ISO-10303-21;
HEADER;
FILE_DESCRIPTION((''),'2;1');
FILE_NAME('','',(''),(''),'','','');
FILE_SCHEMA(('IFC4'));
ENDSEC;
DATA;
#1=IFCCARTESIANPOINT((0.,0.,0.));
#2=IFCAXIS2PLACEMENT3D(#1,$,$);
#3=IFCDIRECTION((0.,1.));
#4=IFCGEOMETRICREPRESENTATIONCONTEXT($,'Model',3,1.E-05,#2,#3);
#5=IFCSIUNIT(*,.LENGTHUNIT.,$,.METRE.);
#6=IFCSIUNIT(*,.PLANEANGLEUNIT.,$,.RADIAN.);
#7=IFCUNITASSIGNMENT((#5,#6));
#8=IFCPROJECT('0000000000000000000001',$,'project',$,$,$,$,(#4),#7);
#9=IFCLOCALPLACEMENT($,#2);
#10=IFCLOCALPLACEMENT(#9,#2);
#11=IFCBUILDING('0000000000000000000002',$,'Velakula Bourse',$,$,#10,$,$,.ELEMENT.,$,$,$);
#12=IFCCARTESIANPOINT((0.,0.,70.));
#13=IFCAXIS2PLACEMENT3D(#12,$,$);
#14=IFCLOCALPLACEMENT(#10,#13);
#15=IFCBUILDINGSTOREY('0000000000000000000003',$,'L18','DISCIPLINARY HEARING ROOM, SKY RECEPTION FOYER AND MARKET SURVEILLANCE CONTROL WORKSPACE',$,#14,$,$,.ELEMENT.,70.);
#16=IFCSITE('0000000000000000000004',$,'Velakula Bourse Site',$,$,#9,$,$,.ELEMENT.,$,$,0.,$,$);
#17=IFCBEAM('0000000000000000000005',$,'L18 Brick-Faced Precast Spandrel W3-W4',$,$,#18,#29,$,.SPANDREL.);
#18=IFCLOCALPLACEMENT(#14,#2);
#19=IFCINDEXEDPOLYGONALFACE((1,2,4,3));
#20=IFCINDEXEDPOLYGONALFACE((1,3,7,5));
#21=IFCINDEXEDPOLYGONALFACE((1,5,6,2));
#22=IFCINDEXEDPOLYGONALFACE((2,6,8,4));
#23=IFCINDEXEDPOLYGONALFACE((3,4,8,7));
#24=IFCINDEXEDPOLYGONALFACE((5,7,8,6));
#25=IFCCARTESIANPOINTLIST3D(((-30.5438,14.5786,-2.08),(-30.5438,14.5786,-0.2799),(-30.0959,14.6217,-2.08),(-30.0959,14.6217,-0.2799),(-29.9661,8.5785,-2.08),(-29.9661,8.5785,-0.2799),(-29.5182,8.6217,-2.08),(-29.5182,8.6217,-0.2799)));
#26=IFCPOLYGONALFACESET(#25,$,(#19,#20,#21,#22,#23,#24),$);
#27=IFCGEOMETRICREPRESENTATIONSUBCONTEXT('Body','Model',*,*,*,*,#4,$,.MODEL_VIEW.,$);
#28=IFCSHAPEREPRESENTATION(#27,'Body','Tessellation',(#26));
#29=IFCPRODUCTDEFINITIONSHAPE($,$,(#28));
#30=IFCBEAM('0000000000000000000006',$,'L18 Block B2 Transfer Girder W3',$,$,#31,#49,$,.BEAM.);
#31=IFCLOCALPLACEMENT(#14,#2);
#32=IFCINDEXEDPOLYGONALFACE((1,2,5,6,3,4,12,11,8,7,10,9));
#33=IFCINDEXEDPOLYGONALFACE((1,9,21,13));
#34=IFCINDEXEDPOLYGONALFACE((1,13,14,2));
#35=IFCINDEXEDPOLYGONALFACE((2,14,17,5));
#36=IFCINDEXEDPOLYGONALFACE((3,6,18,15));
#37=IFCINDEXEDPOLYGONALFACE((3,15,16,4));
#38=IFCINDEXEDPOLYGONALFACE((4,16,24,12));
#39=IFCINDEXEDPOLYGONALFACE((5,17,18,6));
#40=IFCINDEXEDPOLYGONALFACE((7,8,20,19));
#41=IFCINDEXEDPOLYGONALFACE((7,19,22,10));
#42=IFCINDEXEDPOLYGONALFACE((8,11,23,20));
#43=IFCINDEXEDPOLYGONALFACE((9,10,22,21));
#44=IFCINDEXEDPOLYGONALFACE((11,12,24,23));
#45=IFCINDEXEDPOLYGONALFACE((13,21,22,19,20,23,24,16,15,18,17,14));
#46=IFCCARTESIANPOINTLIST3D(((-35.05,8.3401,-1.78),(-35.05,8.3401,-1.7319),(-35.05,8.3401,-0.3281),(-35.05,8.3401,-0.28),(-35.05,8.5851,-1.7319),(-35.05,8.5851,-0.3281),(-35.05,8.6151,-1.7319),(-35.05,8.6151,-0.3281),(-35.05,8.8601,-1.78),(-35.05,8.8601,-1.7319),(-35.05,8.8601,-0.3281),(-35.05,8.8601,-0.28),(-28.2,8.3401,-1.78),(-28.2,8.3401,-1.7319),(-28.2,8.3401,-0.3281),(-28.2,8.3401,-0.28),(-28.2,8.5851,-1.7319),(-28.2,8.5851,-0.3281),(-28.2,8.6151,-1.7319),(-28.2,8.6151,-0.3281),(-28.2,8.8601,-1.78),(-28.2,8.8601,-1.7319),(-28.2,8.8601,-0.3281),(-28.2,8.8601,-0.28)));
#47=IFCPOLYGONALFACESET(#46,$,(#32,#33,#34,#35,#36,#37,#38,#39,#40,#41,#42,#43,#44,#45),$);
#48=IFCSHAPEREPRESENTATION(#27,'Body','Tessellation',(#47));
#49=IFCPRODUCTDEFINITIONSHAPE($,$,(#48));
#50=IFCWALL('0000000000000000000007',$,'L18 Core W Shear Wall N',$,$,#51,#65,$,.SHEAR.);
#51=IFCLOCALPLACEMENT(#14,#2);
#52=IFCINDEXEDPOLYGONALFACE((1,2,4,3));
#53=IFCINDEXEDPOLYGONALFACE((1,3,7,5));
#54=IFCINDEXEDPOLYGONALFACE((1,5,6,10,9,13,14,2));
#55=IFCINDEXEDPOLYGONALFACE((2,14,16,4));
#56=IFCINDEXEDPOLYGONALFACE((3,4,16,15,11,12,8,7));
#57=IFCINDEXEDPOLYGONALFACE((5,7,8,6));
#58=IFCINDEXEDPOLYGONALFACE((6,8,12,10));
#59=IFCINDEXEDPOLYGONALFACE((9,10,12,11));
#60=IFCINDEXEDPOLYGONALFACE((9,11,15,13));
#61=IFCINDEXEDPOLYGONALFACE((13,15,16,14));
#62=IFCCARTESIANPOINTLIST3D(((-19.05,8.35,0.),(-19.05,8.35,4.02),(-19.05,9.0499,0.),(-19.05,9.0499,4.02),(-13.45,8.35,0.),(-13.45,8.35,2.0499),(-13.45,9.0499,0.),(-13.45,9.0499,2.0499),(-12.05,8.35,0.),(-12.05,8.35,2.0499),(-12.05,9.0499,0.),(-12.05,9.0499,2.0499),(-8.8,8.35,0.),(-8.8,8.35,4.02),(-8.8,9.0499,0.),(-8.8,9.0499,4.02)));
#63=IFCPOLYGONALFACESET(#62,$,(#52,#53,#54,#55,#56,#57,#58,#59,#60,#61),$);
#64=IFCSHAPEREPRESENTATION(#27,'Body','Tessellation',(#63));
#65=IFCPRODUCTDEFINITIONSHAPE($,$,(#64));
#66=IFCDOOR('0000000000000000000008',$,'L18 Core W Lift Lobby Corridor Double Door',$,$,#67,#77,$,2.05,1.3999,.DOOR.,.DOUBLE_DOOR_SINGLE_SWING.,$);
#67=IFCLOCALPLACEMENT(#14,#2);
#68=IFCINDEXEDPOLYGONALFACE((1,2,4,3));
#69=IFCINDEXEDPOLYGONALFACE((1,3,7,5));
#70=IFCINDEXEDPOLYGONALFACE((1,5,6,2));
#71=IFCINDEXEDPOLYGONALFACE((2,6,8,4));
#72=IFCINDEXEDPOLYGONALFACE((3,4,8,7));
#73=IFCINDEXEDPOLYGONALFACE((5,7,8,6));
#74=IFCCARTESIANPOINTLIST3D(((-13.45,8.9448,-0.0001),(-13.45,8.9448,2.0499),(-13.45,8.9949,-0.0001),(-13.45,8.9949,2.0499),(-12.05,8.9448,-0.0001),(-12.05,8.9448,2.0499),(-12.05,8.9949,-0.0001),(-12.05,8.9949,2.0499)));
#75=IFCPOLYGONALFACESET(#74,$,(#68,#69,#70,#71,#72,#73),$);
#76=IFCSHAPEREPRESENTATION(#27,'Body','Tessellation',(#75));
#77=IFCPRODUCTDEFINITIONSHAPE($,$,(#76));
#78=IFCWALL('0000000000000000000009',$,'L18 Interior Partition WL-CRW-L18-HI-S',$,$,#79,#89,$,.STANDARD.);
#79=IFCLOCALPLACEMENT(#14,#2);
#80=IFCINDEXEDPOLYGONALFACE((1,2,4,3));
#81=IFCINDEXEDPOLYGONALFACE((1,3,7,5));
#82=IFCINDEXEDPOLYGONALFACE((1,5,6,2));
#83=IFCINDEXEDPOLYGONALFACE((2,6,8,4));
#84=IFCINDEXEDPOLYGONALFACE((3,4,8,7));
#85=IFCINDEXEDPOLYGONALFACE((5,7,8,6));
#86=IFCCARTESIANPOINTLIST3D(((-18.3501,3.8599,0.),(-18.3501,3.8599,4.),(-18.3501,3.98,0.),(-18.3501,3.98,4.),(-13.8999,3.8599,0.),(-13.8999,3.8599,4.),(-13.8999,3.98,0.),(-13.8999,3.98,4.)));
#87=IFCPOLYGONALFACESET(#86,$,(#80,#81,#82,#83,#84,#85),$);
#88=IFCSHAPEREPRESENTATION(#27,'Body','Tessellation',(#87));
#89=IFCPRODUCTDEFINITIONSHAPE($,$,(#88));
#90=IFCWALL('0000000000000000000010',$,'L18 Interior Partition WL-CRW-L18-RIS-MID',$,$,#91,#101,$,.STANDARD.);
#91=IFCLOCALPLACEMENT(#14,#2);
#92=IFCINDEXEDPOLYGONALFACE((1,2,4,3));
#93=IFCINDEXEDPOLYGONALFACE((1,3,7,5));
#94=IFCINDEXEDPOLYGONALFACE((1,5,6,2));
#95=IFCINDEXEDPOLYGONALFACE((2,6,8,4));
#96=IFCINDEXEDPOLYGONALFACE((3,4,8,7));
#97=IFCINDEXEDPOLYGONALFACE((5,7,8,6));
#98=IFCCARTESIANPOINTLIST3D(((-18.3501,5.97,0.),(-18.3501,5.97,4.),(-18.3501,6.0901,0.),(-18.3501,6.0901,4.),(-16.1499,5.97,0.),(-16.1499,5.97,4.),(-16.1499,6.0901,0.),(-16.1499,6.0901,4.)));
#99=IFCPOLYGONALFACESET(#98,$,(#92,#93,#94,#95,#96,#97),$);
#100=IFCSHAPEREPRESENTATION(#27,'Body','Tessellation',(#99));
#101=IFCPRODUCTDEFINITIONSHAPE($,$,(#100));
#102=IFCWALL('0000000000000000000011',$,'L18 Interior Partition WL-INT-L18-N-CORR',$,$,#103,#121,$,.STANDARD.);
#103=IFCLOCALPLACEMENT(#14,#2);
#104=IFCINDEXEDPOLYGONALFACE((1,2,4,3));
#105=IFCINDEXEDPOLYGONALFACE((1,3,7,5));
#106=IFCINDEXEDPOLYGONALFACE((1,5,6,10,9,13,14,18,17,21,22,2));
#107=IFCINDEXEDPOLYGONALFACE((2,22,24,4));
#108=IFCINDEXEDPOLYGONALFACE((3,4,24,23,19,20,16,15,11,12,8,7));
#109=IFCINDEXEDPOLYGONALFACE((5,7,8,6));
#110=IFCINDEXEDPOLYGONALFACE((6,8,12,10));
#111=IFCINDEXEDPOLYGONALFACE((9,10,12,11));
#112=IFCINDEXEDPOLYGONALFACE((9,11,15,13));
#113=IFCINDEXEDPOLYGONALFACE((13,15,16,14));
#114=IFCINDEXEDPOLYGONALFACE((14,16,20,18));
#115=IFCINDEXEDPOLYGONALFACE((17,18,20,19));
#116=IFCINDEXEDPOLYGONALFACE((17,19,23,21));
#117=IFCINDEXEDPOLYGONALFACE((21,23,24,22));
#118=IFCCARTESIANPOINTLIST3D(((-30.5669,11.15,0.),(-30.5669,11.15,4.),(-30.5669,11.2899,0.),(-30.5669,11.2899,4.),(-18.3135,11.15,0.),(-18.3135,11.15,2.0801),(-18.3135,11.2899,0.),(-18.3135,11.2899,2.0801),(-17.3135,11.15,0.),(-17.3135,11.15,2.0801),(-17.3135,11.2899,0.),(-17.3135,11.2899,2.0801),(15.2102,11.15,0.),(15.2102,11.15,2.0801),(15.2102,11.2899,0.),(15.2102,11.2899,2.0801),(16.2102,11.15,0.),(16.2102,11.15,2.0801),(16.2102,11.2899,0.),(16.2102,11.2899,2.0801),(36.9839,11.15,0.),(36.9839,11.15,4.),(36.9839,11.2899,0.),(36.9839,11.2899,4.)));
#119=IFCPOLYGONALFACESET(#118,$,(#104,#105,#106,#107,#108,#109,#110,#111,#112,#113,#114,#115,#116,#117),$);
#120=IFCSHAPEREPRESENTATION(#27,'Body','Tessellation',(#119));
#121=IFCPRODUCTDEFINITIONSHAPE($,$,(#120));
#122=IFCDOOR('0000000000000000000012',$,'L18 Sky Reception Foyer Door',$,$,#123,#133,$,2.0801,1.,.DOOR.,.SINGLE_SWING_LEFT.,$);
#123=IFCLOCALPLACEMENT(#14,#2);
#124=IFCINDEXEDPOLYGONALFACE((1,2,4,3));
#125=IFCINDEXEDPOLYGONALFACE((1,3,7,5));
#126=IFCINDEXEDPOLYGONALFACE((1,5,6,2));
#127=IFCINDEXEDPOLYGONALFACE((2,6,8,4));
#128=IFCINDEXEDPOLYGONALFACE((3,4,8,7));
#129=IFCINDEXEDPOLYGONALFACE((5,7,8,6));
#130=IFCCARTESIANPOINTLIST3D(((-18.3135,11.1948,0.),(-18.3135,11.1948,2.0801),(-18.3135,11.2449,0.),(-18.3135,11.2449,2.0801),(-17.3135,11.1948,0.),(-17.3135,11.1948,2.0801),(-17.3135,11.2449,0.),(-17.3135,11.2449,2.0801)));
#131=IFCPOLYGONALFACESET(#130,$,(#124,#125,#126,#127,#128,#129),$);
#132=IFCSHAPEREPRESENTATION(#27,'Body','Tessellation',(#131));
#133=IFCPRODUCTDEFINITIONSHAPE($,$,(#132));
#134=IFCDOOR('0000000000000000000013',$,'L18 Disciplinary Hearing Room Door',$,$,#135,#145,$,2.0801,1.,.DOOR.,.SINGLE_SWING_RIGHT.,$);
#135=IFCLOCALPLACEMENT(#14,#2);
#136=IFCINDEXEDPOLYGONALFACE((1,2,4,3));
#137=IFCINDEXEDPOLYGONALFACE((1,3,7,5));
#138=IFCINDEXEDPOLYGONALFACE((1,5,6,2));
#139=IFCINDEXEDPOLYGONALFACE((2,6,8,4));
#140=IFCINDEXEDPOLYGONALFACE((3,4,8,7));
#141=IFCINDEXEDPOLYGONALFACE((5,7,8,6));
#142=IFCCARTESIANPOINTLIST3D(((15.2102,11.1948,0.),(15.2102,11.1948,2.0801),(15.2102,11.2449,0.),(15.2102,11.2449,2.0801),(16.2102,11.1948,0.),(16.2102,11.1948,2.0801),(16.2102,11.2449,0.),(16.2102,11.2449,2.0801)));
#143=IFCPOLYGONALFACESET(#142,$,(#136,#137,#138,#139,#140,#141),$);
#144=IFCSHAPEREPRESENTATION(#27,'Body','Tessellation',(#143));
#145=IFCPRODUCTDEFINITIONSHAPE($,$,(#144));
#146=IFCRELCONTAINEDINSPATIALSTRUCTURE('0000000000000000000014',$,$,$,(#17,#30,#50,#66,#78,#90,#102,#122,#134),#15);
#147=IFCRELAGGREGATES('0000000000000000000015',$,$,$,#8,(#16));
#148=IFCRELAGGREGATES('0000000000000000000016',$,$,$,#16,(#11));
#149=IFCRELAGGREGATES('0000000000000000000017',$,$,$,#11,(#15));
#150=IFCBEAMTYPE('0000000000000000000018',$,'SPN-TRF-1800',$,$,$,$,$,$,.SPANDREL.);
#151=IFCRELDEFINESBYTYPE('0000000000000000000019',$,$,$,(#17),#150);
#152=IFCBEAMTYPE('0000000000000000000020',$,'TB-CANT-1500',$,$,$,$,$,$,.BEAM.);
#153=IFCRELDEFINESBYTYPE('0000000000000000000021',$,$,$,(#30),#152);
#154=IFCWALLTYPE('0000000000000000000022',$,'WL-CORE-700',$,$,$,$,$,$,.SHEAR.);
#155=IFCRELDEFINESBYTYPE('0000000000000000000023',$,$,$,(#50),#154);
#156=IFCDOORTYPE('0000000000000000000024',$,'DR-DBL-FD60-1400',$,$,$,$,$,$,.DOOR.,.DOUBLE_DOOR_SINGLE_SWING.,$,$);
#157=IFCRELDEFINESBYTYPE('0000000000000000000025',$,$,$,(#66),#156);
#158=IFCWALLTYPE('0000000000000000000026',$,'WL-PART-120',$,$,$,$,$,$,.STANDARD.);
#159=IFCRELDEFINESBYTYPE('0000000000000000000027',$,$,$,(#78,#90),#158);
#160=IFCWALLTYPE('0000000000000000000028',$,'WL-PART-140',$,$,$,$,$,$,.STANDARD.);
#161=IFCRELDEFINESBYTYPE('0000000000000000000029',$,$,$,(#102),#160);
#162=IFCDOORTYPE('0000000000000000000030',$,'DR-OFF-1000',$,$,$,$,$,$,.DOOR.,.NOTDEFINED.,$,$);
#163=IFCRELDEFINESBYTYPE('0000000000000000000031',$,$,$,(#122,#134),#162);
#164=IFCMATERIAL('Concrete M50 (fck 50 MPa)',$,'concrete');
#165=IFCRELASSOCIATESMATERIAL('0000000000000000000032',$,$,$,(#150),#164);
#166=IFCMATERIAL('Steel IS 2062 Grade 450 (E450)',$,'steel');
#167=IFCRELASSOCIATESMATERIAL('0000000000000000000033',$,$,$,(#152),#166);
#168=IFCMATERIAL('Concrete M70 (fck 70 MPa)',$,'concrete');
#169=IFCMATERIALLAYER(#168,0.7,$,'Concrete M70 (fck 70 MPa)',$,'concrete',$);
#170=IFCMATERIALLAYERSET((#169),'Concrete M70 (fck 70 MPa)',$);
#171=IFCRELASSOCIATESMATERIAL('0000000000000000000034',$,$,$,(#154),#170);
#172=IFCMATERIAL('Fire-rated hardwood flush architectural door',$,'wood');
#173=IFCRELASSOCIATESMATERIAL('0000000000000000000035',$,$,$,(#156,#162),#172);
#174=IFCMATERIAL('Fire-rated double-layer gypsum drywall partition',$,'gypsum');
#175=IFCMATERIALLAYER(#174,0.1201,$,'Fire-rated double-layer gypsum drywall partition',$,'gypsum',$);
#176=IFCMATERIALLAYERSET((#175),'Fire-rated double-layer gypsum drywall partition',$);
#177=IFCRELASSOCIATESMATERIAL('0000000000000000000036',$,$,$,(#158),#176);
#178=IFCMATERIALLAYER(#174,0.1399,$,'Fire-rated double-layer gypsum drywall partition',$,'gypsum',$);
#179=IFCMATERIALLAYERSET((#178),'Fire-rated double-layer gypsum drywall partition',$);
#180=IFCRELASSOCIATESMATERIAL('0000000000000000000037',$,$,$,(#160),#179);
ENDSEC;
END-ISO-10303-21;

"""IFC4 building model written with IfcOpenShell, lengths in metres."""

from ifc_helpers import new_model, si_unit, direction, frame, frame_2d, origin, origin_2d, place, context, subcontext, project, spatial, rectangle, i_section, extrude, material, layer, layer_set, material_profile, profile_set, type_object, element, fill, save


model = new_model("IFC4")

# Units and contexts
model_context = context("Model", 3, precision=1e-05, world=origin(), true_north=direction((0.0, 1.0)))
body_context = subcontext(model_context, "Body", "Model", "MODEL_VIEW")
ifc_project = project(units=[si_unit("LENGTHUNIT", "METRE"), si_unit("PLANEANGLEUNIT", "RADIAN")], contexts=[model_context])

# Site, building, storey
site_placement = place(None, origin())
site = spatial("IfcSite", under=ifc_project, at=site_placement, Name="Velakula Bourse Site", CompositionType="ELEMENT", RefElevation=0.0)
building_placement = place(site_placement, origin())
building = spatial("IfcBuilding", under=site, at=building_placement, Name="Velakula Bourse", CompositionType="ELEMENT")
storey_placement = place(building_placement, frame((0.0, 0.0, 70.0)))
storey = spatial("IfcBuildingStorey", under=building, at=storey_placement, Name="L18", Description="DISCIPLINARY HEARING ROOM, SKY RECEPTION FOYER AND MARKET SURVEILLANCE CONTROL WORKSPACE", CompositionType="ELEMENT", Elevation=70.0)

# Shared definitions
ifc_material_1 = material(Name="Concrete M70 (fck 70 MPa)", Category="concrete")
ifc_material_2 = material(Name="Steel IS 2062 Grade 450 (E450)", Category="steel")

# Beams
ifc_material_3 = material(Name="Concrete M50 (fck 50 MPa)", Category="concrete")
ifc_material_profile_1 = material_profile(ifc_material_3, rectangle(XDim=0.45, YDim=1.8, at=origin_2d()), Name="Concrete M50 (fck 50 MPa)")
ifc_profile_set_1 = profile_set([ifc_material_profile_1], Name="Concrete M50 (fck 50 MPa)")
beam_type_1 = type_object("IfcBeamType", Name="SPN-TRF-1800", PredefinedType="SPANDREL", material=ifc_profile_set_1)
beam_1_placement = place(storey_placement, frame((-29.7422, 8.6001, -1.1799), z_axis=(-0.09583, 0.995398, 0.0), x_axis=(-0.995398, -0.09583, 0.0)))
element("IfcBeam", 1, at=beam_1_placement, inside=storey, type_object=beam_type_1, Name="L18 Brick-Faced Precast Spandrel W3-W4", PredefinedType="SPANDREL", context=body_context, shape_type="SweptSolid", body=[
    extrude(rectangle(XDim=0.45, YDim=1.8, at=origin_2d()), origin(), (0.0, 0.0, 1.0), 6.0278),
])
ifc_material_profile_2 = material_profile(ifc_material_2, i_section(OverallWidth=0.52, OverallDepth=1.5, WebThickness=0.03, FlangeThickness=0.0481, at=origin_2d()), Name="Steel IS 2062 Grade 450 (E450)")
ifc_profile_set_2 = profile_set([ifc_material_profile_2], Name="Steel IS 2062 Grade 450 (E450)")
beam_type_2 = type_object("IfcBeamType", Name="TB-CANT-1500", PredefinedType="BEAM", material=ifc_profile_set_2)
beam_2_placement = place(storey_placement, frame((-35.05, 8.6001, -1.03), z_axis=(1.0, 0.0, 0.0), x_axis=(0.0, 1.0, 0.0)))
element("IfcBeam", 2, at=beam_2_placement, inside=storey, type_object=beam_type_2, Name="L18 Block B2 Transfer Girder W3", PredefinedType="BEAM", context=body_context, shape_type="SweptSolid", body=[
    extrude(i_section(OverallWidth=0.52, OverallDepth=1.5, WebThickness=0.03, FlangeThickness=0.0481, at=origin_2d()), origin(), (0.0, 0.0, 1.0), 6.8501),
])

# Wall, opening, door
ifc_layer_1 = layer(ifc_material_1, 0.7, Name="Concrete M70 (fck 70 MPa)", Category="concrete")
ifc_layer_set_1 = layer_set([ifc_layer_1], Name="Concrete M70 (fck 70 MPa)")
wall_type_1 = type_object("IfcWallType", Name="WL-CORE-700", PredefinedType="SHEAR", material=ifc_layer_set_1)
wall_1_placement = place(storey_placement, frame((-19.05, 8.7, 0.0), z_axis=(0.0, 0.0, 1.0), x_axis=(1.0, 0.0, 0.0)))
wall_1 = element("IfcWall", 3, at=wall_1_placement, inside=storey, type_object=wall_type_1, Name="L18 Core W Shear Wall N", PredefinedType="SHEAR", context=body_context, shape_type="SweptSolid", body=[
    extrude(rectangle(XDim=10.25, YDim=0.7, at=frame_2d((5.125, 0.0))), origin(), (0.0, 0.0, 1.0), 4.02),
])
opening_1_placement = place(wall_1_placement, frame((5.6001, 0.0, 0.0)))
opening_1 = element("IfcOpeningElement", 4, at=opening_1_placement, cuts=wall_1, PredefinedType="OPENING", context=body_context, shape_type="SweptSolid", body=[
    extrude(rectangle(XDim=1.3999, YDim=2.05, at=frame_2d((0.7, 1.0249))), frame((0.0, 0.3599, 0.0), z_axis=(0.0, -1.0, 0.0), x_axis=(1.0, 0.0, 0.0)), (0.0, 0.0, 1.0), 0.72),
])
ifc_material_4 = material(Name="Fire-rated hardwood flush architectural door", Category="wood")
door_type_1 = type_object("IfcDoorType", Name="DR-DBL-FD60-1400", OperationType="DOUBLE_DOOR_SINGLE_SWING", PredefinedType="DOOR", material=ifc_material_4)
door_1_placement = place(opening_1_placement, origin())
door_1 = element("IfcDoor", 5, at=door_1_placement, inside=storey, type_object=door_type_1, Name="L18 Core W Lift Lobby Corridor Double Door", OperationType="DOUBLE_DOOR_SINGLE_SWING", OverallHeight=2.05, OverallWidth=1.3999, PredefinedType="DOOR", context=body_context, shape_type="SweptSolid", body=[
    extrude(rectangle(XDim=1.3999, YDim=2.05, at=frame_2d((0.7, 1.0249))), frame((0.0, 0.2949, 0.0), z_axis=(0.0, -1.0, 0.0), x_axis=(1.0, 0.0, 0.0)), (0.0, 0.0, 1.0), 0.05),
])
fill(opening_1, door_1)

# Walls
ifc_material_5 = material(Name="Fire-rated double-layer gypsum drywall partition", Category="gypsum")
ifc_layer_2 = layer(ifc_material_5, 0.1201, Name="Fire-rated double-layer gypsum drywall partition", Category="gypsum")
ifc_layer_set_2 = layer_set([ifc_layer_2], Name="Fire-rated double-layer gypsum drywall partition")
wall_type_2 = type_object("IfcWallType", Name="WL-PART-120", PredefinedType="STANDARD", material=ifc_layer_set_2)
wall_2_placement = place(storey_placement, frame((-18.3501, 3.9199, 0.0), z_axis=(0.0, 0.0, 1.0), x_axis=(1.0, 0.0, 0.0)))
element("IfcWall", 6, at=wall_2_placement, inside=storey, type_object=wall_type_2, Name="L18 Interior Partition WL-CRW-L18-HI-S", PredefinedType="STANDARD", context=body_context, shape_type="SweptSolid", body=[
    extrude(rectangle(XDim=4.4502, YDim=0.1201, at=frame_2d((2.2251, 0.0))), origin(), (0.0, 0.0, 1.0), 4.0),
])
wall_3_placement = place(storey_placement, frame((-18.3501, 6.03, 0.0), z_axis=(0.0, 0.0, 1.0), x_axis=(1.0, 0.0, 0.0)))
element("IfcWall", 7, at=wall_3_placement, inside=storey, type_object=wall_type_2, Name="L18 Interior Partition WL-CRW-L18-RIS-MID", PredefinedType="STANDARD", context=body_context, shape_type="SweptSolid", body=[
    extrude(rectangle(XDim=2.2002, YDim=0.1201, at=frame_2d((1.1001, 0.0))), origin(), (0.0, 0.0, 1.0), 4.0),
])

# Wall, openings, doors
ifc_layer_3 = layer(ifc_material_5, 0.1399, Name="Fire-rated double-layer gypsum drywall partition", Category="gypsum")
ifc_layer_set_3 = layer_set([ifc_layer_3], Name="Fire-rated double-layer gypsum drywall partition")
wall_type_3 = type_object("IfcWallType", Name="WL-PART-140", PredefinedType="STANDARD", material=ifc_layer_set_3)
wall_4_placement = place(storey_placement, frame((-30.5669, 11.22, 0.0), z_axis=(0.0, 0.0, 1.0), x_axis=(1.0, 0.0, 0.0)))
wall_4 = element("IfcWall", 8, at=wall_4_placement, inside=storey, type_object=wall_type_3, Name="L18 Interior Partition WL-INT-L18-N-CORR", PredefinedType="STANDARD", context=body_context, shape_type="SweptSolid", body=[
    extrude(rectangle(XDim=67.5508, YDim=0.1399, at=frame_2d((33.7754, 0.0))), origin(), (0.0, 0.0, 1.0), 4.0),
])
opening_2_placement = place(wall_4_placement, frame((12.2534, 0.0, 0.0)))
opening_2 = element("IfcOpeningElement", 9, at=opening_2_placement, cuts=wall_4, PredefinedType="OPENING", context=body_context, shape_type="SweptSolid", body=[
    extrude(rectangle(XDim=1.0, YDim=2.0801, at=frame_2d((0.5, 1.04))), frame((0.0, 0.0798, 0.0), z_axis=(0.0, -1.0, 0.0), x_axis=(1.0, 0.0, 0.0)), (0.0, 0.0, 1.0), 0.1599),
])
opening_3_placement = place(wall_4_placement, frame((45.7771, 0.0, 0.0)))
opening_3 = element("IfcOpeningElement", 10, at=opening_3_placement, cuts=wall_4, PredefinedType="OPENING", context=body_context, shape_type="SweptSolid", body=[
    extrude(rectangle(XDim=1.0, YDim=2.0801, at=frame_2d((0.5, 1.04))), frame((0.0, 0.0798, 0.0), z_axis=(0.0, -1.0, 0.0), x_axis=(1.0, 0.0, 0.0)), (0.0, 0.0, 1.0), 0.1599),
])
door_type_2 = type_object("IfcDoorType", Name="DR-OFF-1000", OperationType="NOTDEFINED", PredefinedType="DOOR", material=ifc_material_4)
door_2_placement = place(opening_2_placement, origin())
door_2 = element("IfcDoor", 11, at=door_2_placement, inside=storey, type_object=door_type_2, Name="L18 Sky Reception Foyer Door", OperationType="SINGLE_SWING_LEFT", OverallHeight=2.0801, OverallWidth=1.0, PredefinedType="DOOR", context=body_context, shape_type="SweptSolid", body=[
    extrude(rectangle(XDim=1.0, YDim=2.0801, at=frame_2d((0.5, 1.04))), frame((0.0, 0.0249, 0.0), z_axis=(0.0, -1.0, 0.0), x_axis=(1.0, 0.0, 0.0)), (0.0, 0.0, 1.0), 0.05),
])
fill(opening_2, door_2)
door_3_placement = place(opening_3_placement, origin())
door_3 = element("IfcDoor", 12, at=door_3_placement, inside=storey, type_object=door_type_2, Name="L18 Disciplinary Hearing Room Door", OperationType="SINGLE_SWING_RIGHT", OverallHeight=2.0801, OverallWidth=1.0, PredefinedType="DOOR", context=body_context, shape_type="SweptSolid", body=[
    extrude(rectangle(XDim=1.0, YDim=2.0801, at=frame_2d((0.5, 1.04))), frame((0.0, 0.0249, 0.0), z_axis=(0.0, -1.0, 0.0), x_axis=(1.0, 0.0, 0.0)), (0.0, 0.0, 1.0), 0.05),
])
fill(opening_3, door_3)

save(model, "model.ifc")
